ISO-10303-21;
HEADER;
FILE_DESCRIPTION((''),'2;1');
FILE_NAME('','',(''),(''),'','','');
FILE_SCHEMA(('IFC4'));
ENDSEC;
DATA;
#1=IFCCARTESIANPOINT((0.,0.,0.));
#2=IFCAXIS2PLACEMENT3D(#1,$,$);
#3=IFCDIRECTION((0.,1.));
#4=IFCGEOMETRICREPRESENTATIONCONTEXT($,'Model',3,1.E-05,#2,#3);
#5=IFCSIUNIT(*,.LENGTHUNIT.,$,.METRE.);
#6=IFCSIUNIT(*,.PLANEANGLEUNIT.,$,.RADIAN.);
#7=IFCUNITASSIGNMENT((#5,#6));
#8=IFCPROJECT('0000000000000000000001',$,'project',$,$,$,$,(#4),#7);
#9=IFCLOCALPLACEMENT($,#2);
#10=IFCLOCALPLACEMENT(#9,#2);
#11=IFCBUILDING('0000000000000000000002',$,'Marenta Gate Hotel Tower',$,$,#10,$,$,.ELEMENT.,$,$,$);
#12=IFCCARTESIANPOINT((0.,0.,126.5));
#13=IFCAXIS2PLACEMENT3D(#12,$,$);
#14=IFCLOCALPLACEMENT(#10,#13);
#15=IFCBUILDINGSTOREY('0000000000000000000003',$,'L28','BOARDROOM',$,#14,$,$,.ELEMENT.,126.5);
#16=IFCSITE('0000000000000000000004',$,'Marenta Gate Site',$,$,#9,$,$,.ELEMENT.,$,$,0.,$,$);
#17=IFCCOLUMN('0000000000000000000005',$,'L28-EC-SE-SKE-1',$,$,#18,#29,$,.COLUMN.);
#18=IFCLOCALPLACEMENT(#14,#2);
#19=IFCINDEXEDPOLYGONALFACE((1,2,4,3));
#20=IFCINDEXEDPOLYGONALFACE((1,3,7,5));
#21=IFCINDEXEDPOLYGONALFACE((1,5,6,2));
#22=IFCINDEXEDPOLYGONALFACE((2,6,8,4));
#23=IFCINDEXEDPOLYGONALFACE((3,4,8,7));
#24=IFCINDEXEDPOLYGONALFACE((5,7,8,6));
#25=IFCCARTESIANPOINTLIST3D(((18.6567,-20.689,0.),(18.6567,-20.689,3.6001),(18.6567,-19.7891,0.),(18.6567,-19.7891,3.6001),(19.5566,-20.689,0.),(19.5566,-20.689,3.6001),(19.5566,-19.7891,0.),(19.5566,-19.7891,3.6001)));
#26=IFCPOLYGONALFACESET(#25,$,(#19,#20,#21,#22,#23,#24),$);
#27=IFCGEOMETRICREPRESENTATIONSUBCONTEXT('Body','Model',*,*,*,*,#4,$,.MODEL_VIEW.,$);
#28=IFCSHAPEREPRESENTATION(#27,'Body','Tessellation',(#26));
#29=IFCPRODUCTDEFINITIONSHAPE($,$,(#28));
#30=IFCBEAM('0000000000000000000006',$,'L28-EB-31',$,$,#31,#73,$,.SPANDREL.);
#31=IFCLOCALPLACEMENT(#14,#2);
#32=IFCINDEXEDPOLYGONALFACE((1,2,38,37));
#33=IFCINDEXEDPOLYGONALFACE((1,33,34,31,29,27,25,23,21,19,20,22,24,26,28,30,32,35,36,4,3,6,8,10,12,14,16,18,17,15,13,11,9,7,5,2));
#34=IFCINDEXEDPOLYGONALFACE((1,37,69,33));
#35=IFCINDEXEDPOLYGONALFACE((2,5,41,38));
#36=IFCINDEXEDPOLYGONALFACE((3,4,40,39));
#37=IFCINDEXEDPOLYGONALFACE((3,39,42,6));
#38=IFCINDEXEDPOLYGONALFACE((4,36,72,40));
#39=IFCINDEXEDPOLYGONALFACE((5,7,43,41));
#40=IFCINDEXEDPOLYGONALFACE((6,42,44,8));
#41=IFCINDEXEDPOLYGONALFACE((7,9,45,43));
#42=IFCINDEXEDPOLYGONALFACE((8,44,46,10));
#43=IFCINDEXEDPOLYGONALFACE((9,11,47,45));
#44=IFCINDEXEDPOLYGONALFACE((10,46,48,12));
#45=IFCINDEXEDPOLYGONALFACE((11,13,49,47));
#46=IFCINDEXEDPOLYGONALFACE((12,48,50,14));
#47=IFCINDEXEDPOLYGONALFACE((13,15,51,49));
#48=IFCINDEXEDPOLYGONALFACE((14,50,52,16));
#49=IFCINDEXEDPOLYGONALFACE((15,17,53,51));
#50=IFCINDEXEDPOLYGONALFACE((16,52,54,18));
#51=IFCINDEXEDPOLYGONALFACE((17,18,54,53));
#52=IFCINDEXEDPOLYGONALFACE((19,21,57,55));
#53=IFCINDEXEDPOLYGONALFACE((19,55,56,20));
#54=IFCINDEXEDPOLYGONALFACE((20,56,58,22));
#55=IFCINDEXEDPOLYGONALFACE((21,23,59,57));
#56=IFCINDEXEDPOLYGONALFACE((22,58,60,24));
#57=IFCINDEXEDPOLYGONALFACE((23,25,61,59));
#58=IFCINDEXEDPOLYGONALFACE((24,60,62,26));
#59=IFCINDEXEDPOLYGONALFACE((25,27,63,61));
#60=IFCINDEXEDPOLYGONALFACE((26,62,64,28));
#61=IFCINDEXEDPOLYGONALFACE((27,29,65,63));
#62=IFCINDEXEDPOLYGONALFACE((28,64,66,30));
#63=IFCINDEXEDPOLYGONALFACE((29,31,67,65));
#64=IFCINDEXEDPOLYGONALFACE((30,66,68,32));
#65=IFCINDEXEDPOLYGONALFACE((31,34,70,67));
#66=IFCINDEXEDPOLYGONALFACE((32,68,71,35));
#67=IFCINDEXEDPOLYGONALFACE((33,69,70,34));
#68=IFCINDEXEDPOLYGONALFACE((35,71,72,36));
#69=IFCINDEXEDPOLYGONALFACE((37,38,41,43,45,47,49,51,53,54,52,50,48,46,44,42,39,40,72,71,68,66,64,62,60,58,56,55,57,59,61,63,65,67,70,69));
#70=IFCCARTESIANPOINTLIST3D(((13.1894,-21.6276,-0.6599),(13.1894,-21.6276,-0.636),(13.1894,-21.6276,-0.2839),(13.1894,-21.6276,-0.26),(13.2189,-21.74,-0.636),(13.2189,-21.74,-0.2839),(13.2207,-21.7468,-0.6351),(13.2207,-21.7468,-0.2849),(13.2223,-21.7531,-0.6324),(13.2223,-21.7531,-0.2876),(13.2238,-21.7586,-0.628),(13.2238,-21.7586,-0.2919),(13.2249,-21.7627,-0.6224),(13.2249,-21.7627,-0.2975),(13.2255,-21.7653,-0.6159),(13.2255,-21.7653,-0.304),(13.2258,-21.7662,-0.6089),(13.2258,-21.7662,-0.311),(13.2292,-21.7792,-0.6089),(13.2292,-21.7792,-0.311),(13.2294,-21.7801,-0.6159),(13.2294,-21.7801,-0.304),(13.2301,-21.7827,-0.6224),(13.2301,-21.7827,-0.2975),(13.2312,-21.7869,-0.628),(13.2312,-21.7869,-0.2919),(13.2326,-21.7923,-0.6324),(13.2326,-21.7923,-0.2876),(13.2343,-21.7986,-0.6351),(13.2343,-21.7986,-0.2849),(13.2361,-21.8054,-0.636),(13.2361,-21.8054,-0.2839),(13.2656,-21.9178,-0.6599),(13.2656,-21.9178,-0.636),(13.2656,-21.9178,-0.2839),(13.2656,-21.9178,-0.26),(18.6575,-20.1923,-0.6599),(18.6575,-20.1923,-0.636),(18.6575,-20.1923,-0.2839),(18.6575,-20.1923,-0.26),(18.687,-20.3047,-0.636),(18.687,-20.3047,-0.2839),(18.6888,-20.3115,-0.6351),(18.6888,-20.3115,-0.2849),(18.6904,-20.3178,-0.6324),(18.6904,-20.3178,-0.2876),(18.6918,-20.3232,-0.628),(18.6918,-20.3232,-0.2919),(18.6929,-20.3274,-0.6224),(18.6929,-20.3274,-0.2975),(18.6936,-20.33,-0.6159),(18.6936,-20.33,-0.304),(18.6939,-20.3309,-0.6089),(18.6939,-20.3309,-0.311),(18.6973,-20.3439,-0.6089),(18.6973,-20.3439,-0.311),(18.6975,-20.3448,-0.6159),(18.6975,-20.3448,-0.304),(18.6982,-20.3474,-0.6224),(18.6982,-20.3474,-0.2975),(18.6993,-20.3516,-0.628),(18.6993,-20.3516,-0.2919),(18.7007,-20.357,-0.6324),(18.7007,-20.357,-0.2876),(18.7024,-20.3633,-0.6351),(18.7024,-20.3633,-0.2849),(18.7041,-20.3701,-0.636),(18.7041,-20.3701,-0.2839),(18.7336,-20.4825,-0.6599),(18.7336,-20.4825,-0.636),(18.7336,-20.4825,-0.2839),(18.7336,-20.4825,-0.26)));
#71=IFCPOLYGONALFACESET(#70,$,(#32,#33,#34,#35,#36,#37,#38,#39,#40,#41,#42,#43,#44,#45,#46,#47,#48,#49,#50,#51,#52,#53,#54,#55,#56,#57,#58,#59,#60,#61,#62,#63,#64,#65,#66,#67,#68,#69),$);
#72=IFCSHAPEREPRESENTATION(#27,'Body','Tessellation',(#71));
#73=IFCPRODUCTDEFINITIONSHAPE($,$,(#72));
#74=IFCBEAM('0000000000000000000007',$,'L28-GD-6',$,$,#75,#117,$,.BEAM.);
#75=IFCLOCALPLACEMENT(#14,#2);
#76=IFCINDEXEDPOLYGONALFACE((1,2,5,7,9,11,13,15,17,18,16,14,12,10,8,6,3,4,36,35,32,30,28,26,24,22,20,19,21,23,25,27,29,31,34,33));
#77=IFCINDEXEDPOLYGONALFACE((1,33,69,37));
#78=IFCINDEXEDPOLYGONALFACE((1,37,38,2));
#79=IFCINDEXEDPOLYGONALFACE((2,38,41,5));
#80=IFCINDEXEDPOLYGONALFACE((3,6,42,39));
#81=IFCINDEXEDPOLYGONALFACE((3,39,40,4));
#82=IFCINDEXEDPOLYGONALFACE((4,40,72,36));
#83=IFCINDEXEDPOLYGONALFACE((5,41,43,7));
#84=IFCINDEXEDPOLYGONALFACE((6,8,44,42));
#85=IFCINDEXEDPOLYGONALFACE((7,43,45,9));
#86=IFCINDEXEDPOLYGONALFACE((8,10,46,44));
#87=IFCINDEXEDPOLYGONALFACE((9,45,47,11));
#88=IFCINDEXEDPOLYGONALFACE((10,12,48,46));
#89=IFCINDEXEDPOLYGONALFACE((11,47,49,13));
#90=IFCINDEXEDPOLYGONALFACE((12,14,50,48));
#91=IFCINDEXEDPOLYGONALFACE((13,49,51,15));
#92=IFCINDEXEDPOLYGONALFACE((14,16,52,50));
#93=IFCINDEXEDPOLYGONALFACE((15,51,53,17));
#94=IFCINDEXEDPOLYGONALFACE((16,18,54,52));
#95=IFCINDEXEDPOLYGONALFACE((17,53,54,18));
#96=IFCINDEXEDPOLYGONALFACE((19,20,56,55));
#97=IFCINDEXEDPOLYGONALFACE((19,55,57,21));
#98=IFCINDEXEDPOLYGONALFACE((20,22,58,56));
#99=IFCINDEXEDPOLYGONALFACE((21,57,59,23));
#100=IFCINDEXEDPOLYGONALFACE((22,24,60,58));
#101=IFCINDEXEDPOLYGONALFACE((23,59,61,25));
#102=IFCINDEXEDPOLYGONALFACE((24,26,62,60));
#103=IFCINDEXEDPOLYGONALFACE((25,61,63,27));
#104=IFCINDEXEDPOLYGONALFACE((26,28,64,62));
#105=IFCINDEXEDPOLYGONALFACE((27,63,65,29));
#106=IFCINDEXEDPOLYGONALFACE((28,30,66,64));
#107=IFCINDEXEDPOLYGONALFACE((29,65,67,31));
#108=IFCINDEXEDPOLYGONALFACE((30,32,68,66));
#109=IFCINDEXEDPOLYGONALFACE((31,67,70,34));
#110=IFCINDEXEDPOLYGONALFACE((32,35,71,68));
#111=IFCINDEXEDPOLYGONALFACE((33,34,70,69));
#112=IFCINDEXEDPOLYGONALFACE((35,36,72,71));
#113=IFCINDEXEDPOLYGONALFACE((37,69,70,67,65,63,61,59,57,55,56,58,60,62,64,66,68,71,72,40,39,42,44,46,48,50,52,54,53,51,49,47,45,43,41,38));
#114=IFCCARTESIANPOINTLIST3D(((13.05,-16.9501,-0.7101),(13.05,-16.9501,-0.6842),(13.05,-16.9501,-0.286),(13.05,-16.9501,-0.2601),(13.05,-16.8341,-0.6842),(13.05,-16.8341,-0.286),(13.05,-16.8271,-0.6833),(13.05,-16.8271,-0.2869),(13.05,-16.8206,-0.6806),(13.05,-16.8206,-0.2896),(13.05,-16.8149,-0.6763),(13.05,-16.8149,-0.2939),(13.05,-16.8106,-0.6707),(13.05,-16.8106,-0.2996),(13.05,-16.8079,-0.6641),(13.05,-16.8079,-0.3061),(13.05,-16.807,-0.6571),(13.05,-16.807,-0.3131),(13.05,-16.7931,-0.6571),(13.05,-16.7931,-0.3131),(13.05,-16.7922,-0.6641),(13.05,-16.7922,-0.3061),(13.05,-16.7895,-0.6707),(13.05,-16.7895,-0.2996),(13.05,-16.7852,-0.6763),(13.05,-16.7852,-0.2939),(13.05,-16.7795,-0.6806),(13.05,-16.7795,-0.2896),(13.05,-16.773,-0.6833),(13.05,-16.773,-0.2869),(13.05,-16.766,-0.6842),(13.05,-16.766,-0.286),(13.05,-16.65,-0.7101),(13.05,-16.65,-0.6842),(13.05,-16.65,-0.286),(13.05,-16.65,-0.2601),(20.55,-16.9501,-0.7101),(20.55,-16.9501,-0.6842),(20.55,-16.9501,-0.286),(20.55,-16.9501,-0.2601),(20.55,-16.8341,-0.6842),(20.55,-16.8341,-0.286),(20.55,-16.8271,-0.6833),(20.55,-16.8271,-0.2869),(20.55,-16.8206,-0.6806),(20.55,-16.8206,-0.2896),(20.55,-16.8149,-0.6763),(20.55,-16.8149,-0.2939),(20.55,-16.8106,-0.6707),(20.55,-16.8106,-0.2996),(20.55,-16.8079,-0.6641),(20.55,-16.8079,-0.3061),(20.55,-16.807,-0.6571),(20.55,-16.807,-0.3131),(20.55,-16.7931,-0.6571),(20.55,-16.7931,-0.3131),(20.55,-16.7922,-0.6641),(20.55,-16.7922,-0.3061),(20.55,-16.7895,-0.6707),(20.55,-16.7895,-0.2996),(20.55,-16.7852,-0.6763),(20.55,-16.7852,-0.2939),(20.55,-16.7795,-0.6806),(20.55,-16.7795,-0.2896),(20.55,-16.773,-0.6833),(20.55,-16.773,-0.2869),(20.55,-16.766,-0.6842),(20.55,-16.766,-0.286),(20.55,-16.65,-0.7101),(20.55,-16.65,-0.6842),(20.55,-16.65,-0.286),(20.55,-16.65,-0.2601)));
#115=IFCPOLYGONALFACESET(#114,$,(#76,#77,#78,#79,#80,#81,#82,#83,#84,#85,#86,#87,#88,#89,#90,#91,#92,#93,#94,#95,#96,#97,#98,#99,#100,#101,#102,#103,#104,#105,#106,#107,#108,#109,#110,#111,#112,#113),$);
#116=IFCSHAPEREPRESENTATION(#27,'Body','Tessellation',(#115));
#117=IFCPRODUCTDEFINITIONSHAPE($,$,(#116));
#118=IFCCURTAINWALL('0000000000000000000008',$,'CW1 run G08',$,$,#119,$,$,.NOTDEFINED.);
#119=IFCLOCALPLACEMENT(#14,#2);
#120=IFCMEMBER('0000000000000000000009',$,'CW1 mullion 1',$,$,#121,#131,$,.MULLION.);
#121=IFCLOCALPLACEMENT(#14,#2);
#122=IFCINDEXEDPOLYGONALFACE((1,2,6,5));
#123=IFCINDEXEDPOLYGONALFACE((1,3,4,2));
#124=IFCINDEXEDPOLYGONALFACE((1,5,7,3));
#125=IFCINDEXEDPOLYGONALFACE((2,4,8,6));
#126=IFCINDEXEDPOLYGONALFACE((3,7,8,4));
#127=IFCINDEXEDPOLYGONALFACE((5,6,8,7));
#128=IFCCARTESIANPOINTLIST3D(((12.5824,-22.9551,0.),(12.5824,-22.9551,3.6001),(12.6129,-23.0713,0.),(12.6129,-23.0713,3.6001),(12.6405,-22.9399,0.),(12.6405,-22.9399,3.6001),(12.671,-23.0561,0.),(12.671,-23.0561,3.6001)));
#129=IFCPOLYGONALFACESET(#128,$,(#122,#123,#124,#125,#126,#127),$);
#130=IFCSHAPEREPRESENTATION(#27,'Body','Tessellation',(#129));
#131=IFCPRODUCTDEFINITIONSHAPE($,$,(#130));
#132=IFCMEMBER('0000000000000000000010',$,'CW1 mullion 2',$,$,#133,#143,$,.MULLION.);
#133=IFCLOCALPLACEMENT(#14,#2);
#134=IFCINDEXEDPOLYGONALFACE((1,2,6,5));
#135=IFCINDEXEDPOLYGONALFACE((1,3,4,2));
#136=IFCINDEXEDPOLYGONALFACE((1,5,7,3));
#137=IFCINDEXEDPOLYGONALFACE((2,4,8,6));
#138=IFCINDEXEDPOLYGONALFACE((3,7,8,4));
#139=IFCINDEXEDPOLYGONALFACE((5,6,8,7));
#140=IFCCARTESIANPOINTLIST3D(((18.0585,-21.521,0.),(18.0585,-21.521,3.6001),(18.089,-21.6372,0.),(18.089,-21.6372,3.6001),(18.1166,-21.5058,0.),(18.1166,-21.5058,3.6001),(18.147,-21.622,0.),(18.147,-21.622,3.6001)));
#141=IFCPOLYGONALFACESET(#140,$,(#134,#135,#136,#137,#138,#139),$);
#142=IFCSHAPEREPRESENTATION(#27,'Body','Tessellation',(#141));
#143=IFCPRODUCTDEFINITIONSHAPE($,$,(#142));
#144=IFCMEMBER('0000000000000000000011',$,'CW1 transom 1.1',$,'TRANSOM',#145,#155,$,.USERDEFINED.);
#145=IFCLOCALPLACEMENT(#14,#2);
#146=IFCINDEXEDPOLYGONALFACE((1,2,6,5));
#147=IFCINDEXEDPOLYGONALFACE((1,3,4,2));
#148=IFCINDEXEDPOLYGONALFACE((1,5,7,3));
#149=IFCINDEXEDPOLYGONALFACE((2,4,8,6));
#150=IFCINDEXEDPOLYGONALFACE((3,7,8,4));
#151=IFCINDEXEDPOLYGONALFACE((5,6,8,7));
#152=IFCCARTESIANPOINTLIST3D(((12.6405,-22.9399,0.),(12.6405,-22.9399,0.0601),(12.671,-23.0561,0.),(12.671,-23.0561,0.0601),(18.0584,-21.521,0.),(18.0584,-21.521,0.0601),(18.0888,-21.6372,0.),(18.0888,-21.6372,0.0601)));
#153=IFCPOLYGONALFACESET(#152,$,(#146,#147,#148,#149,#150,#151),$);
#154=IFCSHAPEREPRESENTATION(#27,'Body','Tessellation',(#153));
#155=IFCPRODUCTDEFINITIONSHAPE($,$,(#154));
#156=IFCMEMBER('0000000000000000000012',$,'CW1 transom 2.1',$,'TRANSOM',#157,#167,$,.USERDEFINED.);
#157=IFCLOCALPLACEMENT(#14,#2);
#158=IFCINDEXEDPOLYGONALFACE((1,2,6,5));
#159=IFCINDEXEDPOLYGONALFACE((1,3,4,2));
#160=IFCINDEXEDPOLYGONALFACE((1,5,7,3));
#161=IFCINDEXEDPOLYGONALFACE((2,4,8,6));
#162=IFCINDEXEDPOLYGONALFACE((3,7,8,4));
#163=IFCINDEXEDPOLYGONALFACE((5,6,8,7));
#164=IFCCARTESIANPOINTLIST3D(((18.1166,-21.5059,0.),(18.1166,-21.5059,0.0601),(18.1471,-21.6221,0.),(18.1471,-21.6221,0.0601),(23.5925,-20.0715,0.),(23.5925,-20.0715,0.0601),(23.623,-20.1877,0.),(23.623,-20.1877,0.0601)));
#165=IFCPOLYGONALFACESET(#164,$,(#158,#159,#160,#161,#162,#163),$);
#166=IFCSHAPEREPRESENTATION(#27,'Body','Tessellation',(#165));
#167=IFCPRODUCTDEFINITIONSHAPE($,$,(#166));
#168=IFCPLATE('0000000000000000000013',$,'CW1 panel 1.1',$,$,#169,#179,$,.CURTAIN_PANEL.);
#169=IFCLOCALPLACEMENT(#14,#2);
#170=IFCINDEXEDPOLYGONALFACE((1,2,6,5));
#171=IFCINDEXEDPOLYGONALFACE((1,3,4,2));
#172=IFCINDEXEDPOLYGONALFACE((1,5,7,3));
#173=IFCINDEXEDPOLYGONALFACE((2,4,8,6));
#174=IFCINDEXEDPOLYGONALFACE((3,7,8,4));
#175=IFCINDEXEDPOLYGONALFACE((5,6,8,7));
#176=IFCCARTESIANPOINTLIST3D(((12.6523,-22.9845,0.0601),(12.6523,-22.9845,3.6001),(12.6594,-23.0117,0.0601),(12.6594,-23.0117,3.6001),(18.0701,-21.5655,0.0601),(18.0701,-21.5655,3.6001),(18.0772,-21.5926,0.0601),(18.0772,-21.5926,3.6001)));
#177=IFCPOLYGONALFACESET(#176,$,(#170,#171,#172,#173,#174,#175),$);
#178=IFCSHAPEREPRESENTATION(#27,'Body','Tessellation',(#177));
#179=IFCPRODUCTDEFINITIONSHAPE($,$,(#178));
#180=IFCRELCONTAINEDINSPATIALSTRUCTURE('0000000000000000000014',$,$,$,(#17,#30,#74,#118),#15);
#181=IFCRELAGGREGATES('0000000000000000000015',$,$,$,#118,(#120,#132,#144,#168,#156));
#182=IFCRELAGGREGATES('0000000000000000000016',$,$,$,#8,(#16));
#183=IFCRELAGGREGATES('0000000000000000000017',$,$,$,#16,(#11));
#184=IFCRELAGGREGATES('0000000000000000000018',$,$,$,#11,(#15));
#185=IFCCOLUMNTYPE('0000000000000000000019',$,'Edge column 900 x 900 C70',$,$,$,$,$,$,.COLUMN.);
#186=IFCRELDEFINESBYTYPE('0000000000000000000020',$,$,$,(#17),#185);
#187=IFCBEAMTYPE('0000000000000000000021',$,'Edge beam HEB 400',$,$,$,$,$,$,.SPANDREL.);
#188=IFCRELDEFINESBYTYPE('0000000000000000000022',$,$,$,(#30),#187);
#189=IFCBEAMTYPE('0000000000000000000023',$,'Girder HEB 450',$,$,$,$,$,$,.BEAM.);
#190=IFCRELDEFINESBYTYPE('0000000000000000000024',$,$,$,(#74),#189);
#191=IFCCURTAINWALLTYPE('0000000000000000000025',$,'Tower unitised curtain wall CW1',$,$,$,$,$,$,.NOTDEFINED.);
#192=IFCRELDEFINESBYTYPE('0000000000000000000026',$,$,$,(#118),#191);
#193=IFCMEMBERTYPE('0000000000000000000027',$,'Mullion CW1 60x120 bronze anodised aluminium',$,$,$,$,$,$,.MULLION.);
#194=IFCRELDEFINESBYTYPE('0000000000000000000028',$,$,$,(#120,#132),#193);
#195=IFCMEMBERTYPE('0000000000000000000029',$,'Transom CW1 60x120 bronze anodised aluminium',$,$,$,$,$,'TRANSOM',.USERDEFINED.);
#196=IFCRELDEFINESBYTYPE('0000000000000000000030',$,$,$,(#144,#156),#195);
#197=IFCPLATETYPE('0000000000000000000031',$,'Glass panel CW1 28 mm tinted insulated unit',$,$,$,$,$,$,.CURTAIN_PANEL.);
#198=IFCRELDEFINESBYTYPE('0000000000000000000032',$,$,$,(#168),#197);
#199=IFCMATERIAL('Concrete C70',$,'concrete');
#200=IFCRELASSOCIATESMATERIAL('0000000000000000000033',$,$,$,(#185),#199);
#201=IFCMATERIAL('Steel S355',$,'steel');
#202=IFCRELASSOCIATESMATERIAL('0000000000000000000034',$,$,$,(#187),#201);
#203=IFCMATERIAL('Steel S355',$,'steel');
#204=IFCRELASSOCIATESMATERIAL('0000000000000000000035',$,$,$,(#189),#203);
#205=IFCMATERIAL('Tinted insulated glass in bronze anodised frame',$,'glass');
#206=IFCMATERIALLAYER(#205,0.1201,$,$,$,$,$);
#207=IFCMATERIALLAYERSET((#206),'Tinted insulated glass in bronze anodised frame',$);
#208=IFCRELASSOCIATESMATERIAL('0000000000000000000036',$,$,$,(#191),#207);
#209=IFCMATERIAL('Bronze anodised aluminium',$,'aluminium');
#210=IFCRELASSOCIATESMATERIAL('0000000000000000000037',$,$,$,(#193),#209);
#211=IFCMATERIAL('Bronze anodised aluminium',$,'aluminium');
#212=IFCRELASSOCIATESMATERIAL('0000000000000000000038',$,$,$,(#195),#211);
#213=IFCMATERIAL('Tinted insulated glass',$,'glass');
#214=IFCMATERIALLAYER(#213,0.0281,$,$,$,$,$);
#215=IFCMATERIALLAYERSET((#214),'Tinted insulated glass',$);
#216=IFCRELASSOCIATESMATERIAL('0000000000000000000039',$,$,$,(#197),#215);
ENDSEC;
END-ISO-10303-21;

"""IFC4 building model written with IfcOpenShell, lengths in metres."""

from ifc_helpers import new_model, si_unit, direction, frame, origin, origin_2d, place, context, subcontext, project, spatial, rectangle, i_section, extrude, material, layer, layer_set, material_profile, profile_set, type_object, element, aggregate, save


model = new_model("IFC4")

# Units and contexts
model_context = context("Model", 3, precision=1e-05, world=origin(), true_north=direction((0.0, 1.0)))
body_context = subcontext(model_context, "Body", "Model", "MODEL_VIEW")
ifc_project = project(units=[si_unit("LENGTHUNIT", "METRE"), si_unit("PLANEANGLEUNIT", "RADIAN")], contexts=[model_context])

# Site, building, storey
site_placement = place(None, origin())
site = spatial("IfcSite", under=ifc_project, at=site_placement, Name="Marenta Gate Site", CompositionType="ELEMENT", RefElevation=0.0)
building_placement = place(site_placement, origin())
building = spatial("IfcBuilding", under=site, at=building_placement, Name="Marenta Gate Hotel Tower", CompositionType="ELEMENT")
storey_placement = place(building_placement, frame((0.0, 0.0, 126.5)))
storey = spatial("IfcBuildingStorey", under=building, at=storey_placement, Name="L28", Description="BOARDROOM", CompositionType="ELEMENT", Elevation=126.5)

# Column
ifc_material_1 = material(Name="Concrete C70", Category="concrete")
ifc_material_profile_1 = material_profile(ifc_material_1, rectangle(XDim=0.8999, YDim=0.8999, at=origin_2d()), Name="900 x 900")
ifc_profile_set_1 = profile_set([ifc_material_profile_1], Name="Concrete C70")
column_type = type_object("IfcColumnType", Name="Edge column 900 x 900 C70", PredefinedType="COLUMN", material=ifc_profile_set_1)
column_placement = place(storey_placement, frame((19.1067, -20.239, 0.0), z_axis=(0.0, 0.0, 1.0), x_axis=(1.0, 0.0, 0.0)))
element("IfcColumn", 1, at=column_placement, inside=storey, type_object=column_type, Name="L28-EC-SE-SKE-1", PredefinedType="COLUMN", context=body_context, shape_type="SweptSolid", body=[
    extrude(rectangle(XDim=0.8999, YDim=0.8999, at=origin_2d()), origin(), (0.0, 0.0, 1.0), 3.6001),
])

# Beams
ifc_material_2 = material(Name="Steel S355", Category="steel")
ifc_material_profile_2 = material_profile(ifc_material_2, i_section(OverallWidth=0.3, OverallDepth=0.3999, WebThickness=0.0134, FlangeThickness=0.0239, FilletRadius=0.0271, at=origin_2d()), Name="HEB 400")
ifc_profile_set_2 = profile_set([ifc_material_profile_2], Name="Steel S355")
beam_type_1 = type_object("IfcBeamType", Name="Edge beam HEB 400", PredefinedType="SPANDREL", material=ifc_profile_set_2)
beam_1_placement = place(storey_placement, frame((18.6956, -20.3374, -0.46), z_axis=(-0.967233, -0.25389, 0.0), x_axis=(0.25389, -0.967233, 0.0)))
element("IfcBeam", 2, at=beam_1_placement, inside=storey, type_object=beam_type_1, Name="L28-EB-31", PredefinedType="SPANDREL", context=body_context, shape_type="SweptSolid", body=[
    extrude(i_section(OverallWidth=0.3, OverallDepth=0.3999, WebThickness=0.0134, FlangeThickness=0.0239, FilletRadius=0.0271, at=origin_2d()), origin(), (0.0, 0.0, 1.0), 5.6533),
])
ifc_material_3 = material(Name="Steel S355", Category="steel")
ifc_material_profile_3 = material_profile(ifc_material_3, i_section(OverallWidth=0.3, OverallDepth=0.45, WebThickness=0.0139, FlangeThickness=0.0259, FilletRadius=0.0271, at=origin_2d()), Name="HEB 450")
ifc_profile_set_3 = profile_set([ifc_material_profile_3], Name="Steel S355")
beam_type_2 = type_object("IfcBeamType", Name="Girder HEB 450", PredefinedType="BEAM", material=ifc_profile_set_3)
beam_2_placement = place(storey_placement, frame((13.05, -16.8, -0.4851), z_axis=(1.0, 0.0, 0.0), x_axis=(0.0, 1.0, 0.0)))
element("IfcBeam", 3, at=beam_2_placement, inside=storey, type_object=beam_type_2, Name="L28-GD-6", PredefinedType="BEAM", context=body_context, shape_type="SweptSolid", body=[
    extrude(i_section(OverallWidth=0.3, OverallDepth=0.45, WebThickness=0.0139, FlangeThickness=0.0259, FilletRadius=0.0271, at=origin_2d()), origin(), (0.0, 0.0, 1.0), 7.5),
])

# Curtain wall, members, plate
ifc_material_4 = material(Name="Tinted insulated glass in bronze anodised frame", Category="glass")
ifc_layer_1 = layer(ifc_material_4, 0.1201)
ifc_layer_set_1 = layer_set([ifc_layer_1], Name="Tinted insulated glass in bronze anodised frame")
curtain_wall_type = type_object("IfcCurtainWallType", Name="Tower unitised curtain wall CW1", PredefinedType="NOTDEFINED", material=ifc_layer_set_1)
curtain_wall_placement = place(storey_placement, origin())
curtain_wall = element("IfcCurtainWall", 4, at=curtain_wall_placement, inside=storey, type_object=curtain_wall_type, Name="CW1 run G08", PredefinedType="NOTDEFINED")
ifc_material_5 = material(Name="Bronze anodised aluminium", Category="aluminium")
ifc_material_profile_4 = material_profile(ifc_material_5, rectangle(XDim=0.1201, YDim=0.0601, at=origin_2d()), Name="Mullion CW1 60x120 bronze anodised aluminium")
ifc_profile_set_4 = profile_set([ifc_material_profile_4], Name="Bronze anodised aluminium")
member_type_1 = type_object("IfcMemberType", Name="Mullion CW1 60x120 bronze anodised aluminium", PredefinedType="MULLION", material=ifc_profile_set_4)
member_1_placement = place(storey_placement, frame((12.6267, -23.0056, 0.0), z_axis=(0.0, 0.0, 1.0), x_axis=(-0.253374, 0.967368, 0.0)))
member_1 = element("IfcMember", 5, at=member_1_placement, type_object=member_type_1, Name="CW1 mullion 1", PredefinedType="MULLION", context=body_context, shape_type="SweptSolid", body=[
    extrude(rectangle(XDim=0.1201, YDim=0.0601, at=origin_2d()), origin(), (0.0, 0.0, 1.0), 3.6001),
])
member_2_placement = place(storey_placement, frame((18.1028, -21.5715, 0.0), z_axis=(0.0, 0.0, 1.0), x_axis=(-0.253374, 0.967368, 0.0)))
member_2 = element("IfcMember", 6, at=member_2_placement, type_object=member_type_1, Name="CW1 mullion 2", PredefinedType="MULLION", context=body_context, shape_type="SweptSolid", body=[
    extrude(rectangle(XDim=0.1201, YDim=0.0601, at=origin_2d()), origin(), (0.0, 0.0, 1.0), 3.6001),
])
ifc_material_6 = material(Name="Bronze anodised aluminium", Category="aluminium")
ifc_material_profile_5 = material_profile(ifc_material_6, rectangle(XDim=0.1201, YDim=0.0601, at=origin_2d()), Name="Transom CW1 60x120 bronze anodised aluminium")
ifc_profile_set_5 = profile_set([ifc_material_profile_5], Name="Bronze anodised aluminium")
member_type_2 = type_object("IfcMemberType", Name="Transom CW1 60x120 bronze anodised aluminium", ElementType="TRANSOM", PredefinedType="USERDEFINED", material=ifc_profile_set_5)
member_3_placement = place(storey_placement, frame((12.6558, -22.998, 0.03), z_axis=(0.967374, 0.253352, 0.0), x_axis=(-0.253352, 0.967374, 0.0)))
member_3 = element("IfcMember", 7, at=member_3_placement, type_object=member_type_2, Name="CW1 transom 1.1", ObjectType="TRANSOM", PredefinedType="USERDEFINED", context=body_context, shape_type="SweptSolid", body=[
    extrude(rectangle(XDim=0.1201, YDim=0.0601, at=origin_2d()), origin(), (0.0, 0.0, 1.0), 5.6006),
])
member_4_placement = place(storey_placement, frame((18.1318, -21.564, 0.03), z_axis=(0.967364, 0.253389, 0.0), x_axis=(-0.253389, 0.967364, 0.0)))
member_4 = element("IfcMember", 8, at=member_4_placement, type_object=member_type_2, Name="CW1 transom 2.1", ObjectType="TRANSOM", PredefinedType="USERDEFINED", context=body_context, shape_type="SweptSolid", body=[
    extrude(rectangle(XDim=0.1201, YDim=0.0601, at=origin_2d()), origin(), (0.0, 0.0, 1.0), 5.6606),
])
ifc_material_7 = material(Name="Tinted insulated glass", Category="glass")
ifc_layer_2 = layer(ifc_material_7, 0.0281)
ifc_layer_set_2 = layer_set([ifc_layer_2], Name="Tinted insulated glass")
plate_type = type_object("IfcPlateType", Name="Glass panel CW1 28 mm tinted insulated unit", PredefinedType="CURTAIN_PANEL", material=ifc_layer_set_2)
plate_placement = place(storey_placement, frame((15.3647, -22.2886, 0.0601), z_axis=(0.0, 0.0, 1.0), x_axis=(0.967368, 0.253374, 0.0)))
plate = element("IfcPlate", 9, at=plate_placement, type_object=plate_type, Name="CW1 panel 1.1", PredefinedType="CURTAIN_PANEL", context=body_context, shape_type="SweptSolid", body=[
    extrude(rectangle(XDim=5.6006, YDim=0.0281, at=origin_2d()), origin(), (0.0, 0.0, 1.0), 3.54),
])
aggregate(curtain_wall, [member_1, member_2, member_3, plate, member_4])

save(model, "model.ifc")
